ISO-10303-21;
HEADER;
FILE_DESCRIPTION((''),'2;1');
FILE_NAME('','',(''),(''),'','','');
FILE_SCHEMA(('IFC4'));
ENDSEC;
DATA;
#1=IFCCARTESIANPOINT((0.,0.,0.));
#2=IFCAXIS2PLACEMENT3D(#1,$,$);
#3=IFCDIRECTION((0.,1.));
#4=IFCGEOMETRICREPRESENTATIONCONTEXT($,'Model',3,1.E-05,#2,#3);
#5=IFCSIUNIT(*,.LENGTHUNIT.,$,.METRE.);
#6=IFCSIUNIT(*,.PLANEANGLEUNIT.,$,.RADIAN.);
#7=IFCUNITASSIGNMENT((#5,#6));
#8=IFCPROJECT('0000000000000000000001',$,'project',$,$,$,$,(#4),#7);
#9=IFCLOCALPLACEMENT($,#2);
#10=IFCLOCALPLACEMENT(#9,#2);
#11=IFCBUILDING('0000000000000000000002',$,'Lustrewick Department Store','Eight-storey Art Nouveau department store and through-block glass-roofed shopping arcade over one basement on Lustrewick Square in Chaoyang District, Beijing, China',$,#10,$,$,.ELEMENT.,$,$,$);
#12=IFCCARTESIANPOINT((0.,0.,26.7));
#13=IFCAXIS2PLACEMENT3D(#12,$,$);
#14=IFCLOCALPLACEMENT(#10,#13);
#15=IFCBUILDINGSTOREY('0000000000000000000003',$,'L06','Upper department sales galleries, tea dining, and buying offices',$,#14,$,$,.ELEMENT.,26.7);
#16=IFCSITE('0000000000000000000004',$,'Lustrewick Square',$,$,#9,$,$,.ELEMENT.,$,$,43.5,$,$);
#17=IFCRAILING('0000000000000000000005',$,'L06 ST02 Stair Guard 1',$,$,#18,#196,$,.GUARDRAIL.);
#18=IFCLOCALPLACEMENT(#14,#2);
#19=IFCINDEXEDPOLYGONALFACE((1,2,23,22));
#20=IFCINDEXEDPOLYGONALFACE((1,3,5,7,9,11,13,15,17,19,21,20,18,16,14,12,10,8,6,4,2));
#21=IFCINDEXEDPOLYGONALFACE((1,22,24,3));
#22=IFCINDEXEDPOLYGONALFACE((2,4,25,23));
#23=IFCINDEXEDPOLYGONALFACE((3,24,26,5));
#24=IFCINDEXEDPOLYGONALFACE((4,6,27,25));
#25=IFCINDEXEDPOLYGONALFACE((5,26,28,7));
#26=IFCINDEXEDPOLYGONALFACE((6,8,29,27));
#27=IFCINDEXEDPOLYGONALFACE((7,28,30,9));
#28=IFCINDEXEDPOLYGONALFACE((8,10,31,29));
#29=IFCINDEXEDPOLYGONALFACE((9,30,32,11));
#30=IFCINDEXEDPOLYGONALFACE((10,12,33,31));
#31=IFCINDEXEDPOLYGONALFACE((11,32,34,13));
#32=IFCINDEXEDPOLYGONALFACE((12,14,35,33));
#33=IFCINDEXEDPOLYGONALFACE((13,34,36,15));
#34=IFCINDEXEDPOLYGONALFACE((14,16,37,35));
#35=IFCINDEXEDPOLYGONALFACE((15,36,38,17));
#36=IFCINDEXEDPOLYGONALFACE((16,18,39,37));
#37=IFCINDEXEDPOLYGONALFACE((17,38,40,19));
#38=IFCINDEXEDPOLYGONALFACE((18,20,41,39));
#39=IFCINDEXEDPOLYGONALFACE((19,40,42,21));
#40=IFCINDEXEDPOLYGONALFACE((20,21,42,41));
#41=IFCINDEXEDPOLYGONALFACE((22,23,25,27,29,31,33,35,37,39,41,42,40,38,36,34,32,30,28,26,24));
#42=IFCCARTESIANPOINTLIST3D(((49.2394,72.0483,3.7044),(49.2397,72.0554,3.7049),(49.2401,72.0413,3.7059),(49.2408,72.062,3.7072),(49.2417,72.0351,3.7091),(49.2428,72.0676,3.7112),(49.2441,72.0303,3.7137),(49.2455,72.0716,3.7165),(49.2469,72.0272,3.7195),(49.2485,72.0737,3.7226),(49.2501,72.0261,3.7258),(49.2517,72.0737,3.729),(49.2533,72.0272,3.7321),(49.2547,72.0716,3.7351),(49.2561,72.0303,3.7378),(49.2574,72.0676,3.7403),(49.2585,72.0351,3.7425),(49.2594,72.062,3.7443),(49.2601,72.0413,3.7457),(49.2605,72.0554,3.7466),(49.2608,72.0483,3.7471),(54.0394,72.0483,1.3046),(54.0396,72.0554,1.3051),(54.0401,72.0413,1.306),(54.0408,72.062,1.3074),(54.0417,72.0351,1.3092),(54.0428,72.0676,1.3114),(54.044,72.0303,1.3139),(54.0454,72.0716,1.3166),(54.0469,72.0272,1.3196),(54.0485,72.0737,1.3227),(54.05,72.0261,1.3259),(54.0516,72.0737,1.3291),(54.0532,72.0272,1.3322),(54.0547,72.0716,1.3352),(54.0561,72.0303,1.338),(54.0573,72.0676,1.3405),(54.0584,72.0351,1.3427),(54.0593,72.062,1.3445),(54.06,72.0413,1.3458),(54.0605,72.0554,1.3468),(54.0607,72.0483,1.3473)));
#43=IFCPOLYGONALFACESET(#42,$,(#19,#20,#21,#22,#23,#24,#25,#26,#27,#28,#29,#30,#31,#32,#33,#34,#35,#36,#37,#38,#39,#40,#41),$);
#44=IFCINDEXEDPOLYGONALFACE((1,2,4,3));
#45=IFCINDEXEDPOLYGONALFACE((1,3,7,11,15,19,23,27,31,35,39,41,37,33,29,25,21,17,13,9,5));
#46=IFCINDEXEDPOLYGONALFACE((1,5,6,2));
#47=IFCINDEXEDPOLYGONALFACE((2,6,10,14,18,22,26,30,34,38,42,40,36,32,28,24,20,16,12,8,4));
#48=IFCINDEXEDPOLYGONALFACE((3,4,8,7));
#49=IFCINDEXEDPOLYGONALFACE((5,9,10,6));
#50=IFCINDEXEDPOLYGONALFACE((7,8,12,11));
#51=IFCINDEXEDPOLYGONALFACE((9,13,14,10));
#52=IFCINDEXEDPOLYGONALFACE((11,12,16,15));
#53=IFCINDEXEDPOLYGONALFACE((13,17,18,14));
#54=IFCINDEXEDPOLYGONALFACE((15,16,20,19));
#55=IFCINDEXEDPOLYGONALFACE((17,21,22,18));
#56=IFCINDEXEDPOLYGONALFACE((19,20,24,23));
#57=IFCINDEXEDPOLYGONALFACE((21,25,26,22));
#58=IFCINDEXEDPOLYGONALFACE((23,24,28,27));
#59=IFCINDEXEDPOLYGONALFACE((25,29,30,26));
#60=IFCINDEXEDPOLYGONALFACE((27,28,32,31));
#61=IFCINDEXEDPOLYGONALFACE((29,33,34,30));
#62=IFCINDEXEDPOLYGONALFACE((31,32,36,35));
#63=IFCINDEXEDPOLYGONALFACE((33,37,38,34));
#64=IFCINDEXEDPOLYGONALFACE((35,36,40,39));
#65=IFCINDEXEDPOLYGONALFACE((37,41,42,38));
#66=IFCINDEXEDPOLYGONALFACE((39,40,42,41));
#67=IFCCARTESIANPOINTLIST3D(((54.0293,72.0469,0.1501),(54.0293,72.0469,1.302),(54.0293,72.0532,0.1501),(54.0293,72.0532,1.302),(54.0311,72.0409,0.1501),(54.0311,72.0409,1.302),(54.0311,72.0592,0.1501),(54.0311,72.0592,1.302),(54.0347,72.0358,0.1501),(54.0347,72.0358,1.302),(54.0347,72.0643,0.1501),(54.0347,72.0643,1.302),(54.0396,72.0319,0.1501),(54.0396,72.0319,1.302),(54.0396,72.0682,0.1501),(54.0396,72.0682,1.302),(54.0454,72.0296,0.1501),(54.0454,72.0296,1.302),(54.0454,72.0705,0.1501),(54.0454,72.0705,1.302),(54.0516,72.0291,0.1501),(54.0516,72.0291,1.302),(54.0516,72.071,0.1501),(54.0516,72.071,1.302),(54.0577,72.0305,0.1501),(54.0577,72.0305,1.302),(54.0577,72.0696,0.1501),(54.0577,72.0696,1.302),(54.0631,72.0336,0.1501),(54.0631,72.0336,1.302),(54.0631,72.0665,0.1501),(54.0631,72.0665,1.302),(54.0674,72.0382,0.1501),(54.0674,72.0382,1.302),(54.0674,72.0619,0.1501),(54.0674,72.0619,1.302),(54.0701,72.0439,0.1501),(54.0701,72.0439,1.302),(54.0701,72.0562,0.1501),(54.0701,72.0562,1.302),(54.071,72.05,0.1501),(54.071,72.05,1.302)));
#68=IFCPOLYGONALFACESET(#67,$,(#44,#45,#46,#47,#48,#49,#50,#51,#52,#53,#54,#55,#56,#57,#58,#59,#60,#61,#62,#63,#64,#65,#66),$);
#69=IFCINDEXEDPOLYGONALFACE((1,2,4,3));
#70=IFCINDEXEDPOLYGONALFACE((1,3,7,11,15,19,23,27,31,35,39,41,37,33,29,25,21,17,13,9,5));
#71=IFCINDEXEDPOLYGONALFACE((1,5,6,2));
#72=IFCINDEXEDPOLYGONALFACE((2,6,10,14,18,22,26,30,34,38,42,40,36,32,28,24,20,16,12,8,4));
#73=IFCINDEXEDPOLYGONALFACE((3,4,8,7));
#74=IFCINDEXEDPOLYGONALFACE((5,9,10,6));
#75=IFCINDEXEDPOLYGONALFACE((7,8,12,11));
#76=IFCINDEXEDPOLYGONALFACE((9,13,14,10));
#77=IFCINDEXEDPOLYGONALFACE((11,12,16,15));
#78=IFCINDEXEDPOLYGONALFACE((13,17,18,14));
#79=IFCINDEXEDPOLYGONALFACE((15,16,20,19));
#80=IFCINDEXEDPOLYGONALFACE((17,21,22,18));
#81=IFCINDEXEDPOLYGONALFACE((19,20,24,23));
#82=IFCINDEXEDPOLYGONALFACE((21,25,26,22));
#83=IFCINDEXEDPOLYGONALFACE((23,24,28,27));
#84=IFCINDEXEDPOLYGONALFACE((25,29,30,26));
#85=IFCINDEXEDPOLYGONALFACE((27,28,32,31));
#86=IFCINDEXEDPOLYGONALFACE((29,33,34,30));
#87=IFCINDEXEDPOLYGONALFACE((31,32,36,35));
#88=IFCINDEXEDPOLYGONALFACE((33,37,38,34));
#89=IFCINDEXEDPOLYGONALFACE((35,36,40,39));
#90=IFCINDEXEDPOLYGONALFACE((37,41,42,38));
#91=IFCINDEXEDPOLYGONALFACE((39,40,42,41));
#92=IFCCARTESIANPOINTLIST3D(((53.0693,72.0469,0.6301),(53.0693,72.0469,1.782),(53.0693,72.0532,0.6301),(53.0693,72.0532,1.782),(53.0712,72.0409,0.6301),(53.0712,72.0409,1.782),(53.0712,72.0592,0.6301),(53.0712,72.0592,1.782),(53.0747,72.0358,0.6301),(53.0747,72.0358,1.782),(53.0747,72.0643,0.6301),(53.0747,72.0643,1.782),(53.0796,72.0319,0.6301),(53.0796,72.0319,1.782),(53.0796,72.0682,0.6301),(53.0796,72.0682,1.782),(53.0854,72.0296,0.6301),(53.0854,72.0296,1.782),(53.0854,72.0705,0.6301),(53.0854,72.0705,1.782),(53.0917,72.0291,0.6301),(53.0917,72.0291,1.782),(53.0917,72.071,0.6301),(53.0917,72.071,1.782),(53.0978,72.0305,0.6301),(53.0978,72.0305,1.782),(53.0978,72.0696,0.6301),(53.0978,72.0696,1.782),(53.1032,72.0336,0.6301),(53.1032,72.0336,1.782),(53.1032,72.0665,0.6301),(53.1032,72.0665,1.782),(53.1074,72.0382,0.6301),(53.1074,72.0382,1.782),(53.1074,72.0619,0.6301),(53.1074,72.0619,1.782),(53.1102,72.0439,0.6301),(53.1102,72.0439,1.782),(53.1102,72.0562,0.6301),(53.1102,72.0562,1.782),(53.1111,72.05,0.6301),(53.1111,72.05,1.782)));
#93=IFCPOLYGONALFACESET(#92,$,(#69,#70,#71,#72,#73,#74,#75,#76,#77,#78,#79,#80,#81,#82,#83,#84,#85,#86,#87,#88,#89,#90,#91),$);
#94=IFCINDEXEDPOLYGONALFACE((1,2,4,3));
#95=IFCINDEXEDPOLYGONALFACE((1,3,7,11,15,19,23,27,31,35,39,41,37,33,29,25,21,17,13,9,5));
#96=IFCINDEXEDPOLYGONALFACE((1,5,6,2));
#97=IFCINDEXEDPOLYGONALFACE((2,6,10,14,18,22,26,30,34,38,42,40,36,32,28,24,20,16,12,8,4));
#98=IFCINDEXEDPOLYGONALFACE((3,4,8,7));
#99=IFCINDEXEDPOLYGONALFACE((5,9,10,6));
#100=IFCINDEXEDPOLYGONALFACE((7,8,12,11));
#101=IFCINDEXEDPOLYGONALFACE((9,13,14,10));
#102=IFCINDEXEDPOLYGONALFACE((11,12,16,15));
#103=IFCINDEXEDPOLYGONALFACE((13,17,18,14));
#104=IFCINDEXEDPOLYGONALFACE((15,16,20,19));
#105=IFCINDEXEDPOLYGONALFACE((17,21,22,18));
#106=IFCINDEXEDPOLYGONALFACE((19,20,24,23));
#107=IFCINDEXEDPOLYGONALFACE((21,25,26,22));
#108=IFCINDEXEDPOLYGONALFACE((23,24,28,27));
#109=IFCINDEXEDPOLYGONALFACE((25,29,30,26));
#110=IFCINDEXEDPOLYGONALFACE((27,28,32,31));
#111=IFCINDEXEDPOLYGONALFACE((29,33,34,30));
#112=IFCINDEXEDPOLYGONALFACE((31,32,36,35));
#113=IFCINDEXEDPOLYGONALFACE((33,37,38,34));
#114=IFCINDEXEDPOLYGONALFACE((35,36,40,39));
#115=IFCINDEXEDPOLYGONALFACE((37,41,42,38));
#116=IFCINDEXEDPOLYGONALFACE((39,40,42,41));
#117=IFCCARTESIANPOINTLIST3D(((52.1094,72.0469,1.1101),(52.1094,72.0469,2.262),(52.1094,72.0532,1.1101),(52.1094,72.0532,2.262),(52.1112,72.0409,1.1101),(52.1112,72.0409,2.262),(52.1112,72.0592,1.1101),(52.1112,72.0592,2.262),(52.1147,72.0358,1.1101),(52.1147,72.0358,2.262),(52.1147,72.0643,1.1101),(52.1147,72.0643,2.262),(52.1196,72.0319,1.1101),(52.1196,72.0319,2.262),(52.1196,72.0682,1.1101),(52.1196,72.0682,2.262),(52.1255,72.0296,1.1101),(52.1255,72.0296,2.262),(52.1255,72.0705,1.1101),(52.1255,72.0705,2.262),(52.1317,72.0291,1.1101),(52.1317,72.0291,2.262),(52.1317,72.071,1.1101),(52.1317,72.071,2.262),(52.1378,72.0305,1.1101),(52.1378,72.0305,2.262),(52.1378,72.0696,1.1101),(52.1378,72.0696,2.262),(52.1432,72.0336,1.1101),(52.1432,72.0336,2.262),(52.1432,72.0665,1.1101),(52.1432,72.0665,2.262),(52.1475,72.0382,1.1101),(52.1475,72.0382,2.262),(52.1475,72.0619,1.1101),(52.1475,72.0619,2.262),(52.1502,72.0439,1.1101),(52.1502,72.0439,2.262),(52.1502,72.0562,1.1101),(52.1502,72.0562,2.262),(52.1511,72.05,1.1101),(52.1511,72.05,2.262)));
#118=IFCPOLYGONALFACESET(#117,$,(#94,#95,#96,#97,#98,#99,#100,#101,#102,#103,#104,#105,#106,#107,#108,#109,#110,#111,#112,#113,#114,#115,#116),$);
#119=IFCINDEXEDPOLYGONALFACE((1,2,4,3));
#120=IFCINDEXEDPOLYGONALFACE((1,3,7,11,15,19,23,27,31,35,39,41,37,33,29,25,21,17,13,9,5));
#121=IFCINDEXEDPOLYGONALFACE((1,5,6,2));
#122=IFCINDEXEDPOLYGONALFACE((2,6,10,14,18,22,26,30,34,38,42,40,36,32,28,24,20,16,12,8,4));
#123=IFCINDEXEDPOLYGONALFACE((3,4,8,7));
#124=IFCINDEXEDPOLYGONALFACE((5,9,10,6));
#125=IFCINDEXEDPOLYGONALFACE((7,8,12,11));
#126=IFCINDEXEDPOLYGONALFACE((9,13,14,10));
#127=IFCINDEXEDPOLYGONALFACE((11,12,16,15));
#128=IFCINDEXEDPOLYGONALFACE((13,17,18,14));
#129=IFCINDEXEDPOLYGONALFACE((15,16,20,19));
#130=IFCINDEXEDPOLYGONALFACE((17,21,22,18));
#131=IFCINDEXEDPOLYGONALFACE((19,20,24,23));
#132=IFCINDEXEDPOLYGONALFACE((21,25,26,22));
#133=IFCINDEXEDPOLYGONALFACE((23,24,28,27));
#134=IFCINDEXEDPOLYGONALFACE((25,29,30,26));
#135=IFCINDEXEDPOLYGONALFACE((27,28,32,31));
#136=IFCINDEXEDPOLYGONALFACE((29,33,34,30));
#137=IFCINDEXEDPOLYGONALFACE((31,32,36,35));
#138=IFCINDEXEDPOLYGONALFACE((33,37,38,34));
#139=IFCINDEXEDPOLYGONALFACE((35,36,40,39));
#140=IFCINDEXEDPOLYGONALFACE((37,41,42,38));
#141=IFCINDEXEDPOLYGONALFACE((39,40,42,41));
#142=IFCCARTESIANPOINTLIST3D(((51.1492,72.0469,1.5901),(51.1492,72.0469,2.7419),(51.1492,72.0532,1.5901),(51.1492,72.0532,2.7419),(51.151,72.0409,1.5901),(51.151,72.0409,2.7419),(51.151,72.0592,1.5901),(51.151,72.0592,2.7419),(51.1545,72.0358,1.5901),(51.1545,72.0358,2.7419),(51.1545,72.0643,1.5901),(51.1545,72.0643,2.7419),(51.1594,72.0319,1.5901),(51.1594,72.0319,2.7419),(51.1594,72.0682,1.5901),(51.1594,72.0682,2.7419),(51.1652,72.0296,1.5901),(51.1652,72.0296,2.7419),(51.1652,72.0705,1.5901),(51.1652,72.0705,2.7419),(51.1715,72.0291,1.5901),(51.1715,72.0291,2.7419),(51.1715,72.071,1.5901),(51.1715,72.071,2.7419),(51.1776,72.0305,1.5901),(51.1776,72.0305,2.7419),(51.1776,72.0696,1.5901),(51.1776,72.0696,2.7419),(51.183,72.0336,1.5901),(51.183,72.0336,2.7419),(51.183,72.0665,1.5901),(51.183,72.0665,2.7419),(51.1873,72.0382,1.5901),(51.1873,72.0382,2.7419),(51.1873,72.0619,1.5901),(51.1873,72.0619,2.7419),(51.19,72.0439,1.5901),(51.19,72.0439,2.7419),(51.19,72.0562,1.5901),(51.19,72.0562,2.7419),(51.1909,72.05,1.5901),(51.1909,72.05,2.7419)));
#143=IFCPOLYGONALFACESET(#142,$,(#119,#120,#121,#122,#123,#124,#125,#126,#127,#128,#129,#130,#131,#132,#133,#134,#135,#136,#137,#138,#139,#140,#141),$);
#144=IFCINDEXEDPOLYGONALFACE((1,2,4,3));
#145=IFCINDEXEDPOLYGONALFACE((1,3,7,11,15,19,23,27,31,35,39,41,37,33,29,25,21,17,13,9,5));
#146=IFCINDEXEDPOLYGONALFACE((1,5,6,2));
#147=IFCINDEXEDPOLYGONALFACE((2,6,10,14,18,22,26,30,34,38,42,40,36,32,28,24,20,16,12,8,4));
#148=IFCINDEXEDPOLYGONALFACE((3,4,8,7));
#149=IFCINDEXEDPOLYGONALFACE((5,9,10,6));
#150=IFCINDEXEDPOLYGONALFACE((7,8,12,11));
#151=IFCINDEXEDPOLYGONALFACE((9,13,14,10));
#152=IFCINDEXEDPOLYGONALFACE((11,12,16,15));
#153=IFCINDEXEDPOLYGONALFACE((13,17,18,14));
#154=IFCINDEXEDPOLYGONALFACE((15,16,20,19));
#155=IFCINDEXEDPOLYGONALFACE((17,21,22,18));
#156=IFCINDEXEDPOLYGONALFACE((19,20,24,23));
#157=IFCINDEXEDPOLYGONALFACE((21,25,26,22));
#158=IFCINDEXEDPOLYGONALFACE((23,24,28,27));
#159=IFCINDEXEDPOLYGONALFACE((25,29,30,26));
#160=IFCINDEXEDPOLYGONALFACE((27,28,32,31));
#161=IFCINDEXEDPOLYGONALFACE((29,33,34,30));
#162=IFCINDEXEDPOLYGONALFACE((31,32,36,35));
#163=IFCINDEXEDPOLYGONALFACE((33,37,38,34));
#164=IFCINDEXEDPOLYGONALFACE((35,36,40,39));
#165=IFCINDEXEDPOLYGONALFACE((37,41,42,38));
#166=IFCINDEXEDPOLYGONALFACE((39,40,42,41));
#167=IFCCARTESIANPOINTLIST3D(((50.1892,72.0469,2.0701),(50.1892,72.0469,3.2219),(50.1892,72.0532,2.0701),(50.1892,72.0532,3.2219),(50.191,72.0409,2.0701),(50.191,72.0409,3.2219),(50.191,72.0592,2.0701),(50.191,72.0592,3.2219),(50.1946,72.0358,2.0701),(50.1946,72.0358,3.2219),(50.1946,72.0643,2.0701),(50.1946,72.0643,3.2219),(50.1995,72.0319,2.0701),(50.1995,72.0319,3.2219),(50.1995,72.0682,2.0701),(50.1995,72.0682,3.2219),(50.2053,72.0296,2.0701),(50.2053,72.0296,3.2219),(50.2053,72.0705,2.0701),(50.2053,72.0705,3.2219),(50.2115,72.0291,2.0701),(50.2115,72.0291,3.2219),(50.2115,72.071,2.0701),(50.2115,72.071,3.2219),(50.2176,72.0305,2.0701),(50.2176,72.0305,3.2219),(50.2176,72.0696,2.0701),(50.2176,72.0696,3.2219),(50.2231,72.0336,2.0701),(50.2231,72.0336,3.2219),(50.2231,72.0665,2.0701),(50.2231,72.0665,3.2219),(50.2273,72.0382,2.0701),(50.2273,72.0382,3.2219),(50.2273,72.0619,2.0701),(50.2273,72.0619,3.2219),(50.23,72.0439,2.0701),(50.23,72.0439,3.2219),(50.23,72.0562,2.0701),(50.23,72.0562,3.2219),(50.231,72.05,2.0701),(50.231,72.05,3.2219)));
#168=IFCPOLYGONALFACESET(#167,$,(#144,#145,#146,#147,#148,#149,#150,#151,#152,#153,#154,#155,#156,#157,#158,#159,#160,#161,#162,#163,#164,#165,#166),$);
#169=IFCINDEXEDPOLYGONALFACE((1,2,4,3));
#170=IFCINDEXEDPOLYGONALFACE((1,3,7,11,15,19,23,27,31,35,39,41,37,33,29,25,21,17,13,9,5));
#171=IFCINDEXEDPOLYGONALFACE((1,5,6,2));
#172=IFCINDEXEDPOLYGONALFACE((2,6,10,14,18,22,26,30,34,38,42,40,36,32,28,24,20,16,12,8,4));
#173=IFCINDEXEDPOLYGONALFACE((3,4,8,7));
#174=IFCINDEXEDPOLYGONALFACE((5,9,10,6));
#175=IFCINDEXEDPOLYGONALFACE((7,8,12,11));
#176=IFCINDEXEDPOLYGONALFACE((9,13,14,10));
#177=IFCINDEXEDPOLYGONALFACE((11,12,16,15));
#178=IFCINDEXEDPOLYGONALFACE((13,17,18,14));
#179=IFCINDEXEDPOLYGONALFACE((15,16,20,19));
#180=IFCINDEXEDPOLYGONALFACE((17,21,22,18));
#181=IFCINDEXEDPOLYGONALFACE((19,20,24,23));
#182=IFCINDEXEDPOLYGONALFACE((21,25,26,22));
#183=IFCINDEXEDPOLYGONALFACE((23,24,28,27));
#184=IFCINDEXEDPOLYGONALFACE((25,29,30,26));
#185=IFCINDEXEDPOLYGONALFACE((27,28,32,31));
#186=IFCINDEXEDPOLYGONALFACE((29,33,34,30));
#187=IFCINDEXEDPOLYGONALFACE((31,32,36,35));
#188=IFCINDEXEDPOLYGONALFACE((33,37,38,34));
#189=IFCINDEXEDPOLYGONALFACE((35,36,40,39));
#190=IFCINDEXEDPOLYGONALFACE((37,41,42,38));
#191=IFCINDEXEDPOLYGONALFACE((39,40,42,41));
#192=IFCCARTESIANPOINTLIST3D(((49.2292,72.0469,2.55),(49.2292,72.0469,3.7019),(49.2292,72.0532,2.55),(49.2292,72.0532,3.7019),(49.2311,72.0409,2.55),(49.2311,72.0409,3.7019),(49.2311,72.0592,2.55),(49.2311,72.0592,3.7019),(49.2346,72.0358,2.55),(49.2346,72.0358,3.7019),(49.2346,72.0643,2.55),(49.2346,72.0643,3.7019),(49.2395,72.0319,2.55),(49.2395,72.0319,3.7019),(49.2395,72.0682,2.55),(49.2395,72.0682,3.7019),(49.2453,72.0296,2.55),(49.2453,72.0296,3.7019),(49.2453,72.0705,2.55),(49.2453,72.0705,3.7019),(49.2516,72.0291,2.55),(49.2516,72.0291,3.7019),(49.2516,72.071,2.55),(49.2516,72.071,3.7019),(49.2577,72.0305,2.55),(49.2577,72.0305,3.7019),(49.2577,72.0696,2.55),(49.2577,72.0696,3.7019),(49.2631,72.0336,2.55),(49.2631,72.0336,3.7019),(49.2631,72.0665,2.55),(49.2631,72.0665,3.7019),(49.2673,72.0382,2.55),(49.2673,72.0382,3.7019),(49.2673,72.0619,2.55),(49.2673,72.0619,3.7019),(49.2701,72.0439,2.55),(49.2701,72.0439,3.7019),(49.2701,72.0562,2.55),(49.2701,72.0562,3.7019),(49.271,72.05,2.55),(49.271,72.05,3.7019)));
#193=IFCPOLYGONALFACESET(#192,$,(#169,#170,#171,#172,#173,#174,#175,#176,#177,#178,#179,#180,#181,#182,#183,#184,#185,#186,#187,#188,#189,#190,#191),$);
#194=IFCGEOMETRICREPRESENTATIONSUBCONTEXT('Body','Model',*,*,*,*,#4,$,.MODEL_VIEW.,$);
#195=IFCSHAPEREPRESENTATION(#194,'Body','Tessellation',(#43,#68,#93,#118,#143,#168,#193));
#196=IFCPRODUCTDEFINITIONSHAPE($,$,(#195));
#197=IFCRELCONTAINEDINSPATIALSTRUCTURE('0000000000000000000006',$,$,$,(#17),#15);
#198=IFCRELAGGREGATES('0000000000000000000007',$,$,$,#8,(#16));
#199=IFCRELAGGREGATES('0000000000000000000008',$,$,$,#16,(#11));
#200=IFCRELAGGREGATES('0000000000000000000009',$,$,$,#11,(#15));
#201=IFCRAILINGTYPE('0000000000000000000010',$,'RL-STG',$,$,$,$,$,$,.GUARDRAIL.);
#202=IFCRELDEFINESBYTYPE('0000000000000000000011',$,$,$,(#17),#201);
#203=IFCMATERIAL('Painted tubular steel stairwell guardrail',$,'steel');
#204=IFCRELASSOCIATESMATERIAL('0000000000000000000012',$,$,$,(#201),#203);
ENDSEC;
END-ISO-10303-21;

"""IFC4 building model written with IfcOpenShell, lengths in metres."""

from ifc_helpers import new_model, si_unit, direction, frame, origin, origin_2d, place, context, subcontext, project, spatial, circle, extrude, material, type_object, element, save


model = new_model("IFC4")

# Units and contexts
model_context = context("Model", 3, precision=1e-05, world=origin(), true_north=direction((0.0, 1.0)))
body_context = subcontext(model_context, "Body", "Model", "MODEL_VIEW")
ifc_project = project(units=[si_unit("LENGTHUNIT", "METRE"), si_unit("PLANEANGLEUNIT", "RADIAN")], contexts=[model_context])

# Site, building, storey
site_placement = place(None, origin())
site = spatial("IfcSite", under=ifc_project, at=site_placement, Name="Lustrewick Square", CompositionType="ELEMENT", RefElevation=43.5)
building_placement = place(site_placement, origin())
building = spatial("IfcBuilding", under=site, at=building_placement, Name="Lustrewick Department Store", Description="Eight-storey Art Nouveau department store and through-block glass-roofed shopping arcade over one basement on Lustrewick Square in Chaoyang District, Beijing, China", CompositionType="ELEMENT")
storey_placement = place(building_placement, frame((0.0, 0.0, 26.7)))
storey = spatial("IfcBuildingStorey", under=building, at=storey_placement, Name="L06", Description="Upper department sales galleries, tea dining, and buying offices", CompositionType="ELEMENT", Elevation=26.7)

# Railing
ifc_material_1 = material(Name="Painted tubular steel stairwell guardrail", Category="steel")
railing_type_1 = type_object("IfcRailingType", Name="RL-STG", PredefinedType="GUARDRAIL", material=ifc_material_1)
railing_1_placement = place(storey_placement, frame((54.05, 72.05, 0.1501)))
element("IfcRailing", 1, at=railing_1_placement, inside=storey, type_object=railing_type_1, Name="L06 ST02 Stair Guard 1", PredefinedType="GUARDRAIL", context=body_context, shape_type="SweptSolid", body=[
    extrude(circle(Radius=0.0239, at=origin_2d()), frame((0.0, 0.0, 1.1758), z_axis=(-0.894436, 0.0, 0.447195), x_axis=(0.0, -1.0, 0.0)), (0.0, 0.0, 1.0), 5.3665),
    extrude(circle(Radius=0.021, at=origin_2d()), origin(), (0.0, 0.0, 1.0), 1.1519),
    extrude(circle(Radius=0.021, at=origin_2d()), frame((-0.96, 0.0, 0.48)), (0.0, 0.0, 1.0), 1.1519),
    extrude(circle(Radius=0.021, at=origin_2d()), frame((-1.9199, 0.0, 0.96)), (0.0, 0.0, 1.0), 1.1519),
    extrude(circle(Radius=0.021, at=origin_2d()), frame((-2.8801, 0.0, 1.4399)), (0.0, 0.0, 1.0), 1.1519),
    extrude(circle(Radius=0.021, at=origin_2d()), frame((-3.8401, 0.0, 1.9199)), (0.0, 0.0, 1.0), 1.1519),
    extrude(circle(Radius=0.021, at=origin_2d()), frame((-4.8, 0.0, 2.3999)), (0.0, 0.0, 1.0), 1.1519),
])

save(model, "model.ifc")
